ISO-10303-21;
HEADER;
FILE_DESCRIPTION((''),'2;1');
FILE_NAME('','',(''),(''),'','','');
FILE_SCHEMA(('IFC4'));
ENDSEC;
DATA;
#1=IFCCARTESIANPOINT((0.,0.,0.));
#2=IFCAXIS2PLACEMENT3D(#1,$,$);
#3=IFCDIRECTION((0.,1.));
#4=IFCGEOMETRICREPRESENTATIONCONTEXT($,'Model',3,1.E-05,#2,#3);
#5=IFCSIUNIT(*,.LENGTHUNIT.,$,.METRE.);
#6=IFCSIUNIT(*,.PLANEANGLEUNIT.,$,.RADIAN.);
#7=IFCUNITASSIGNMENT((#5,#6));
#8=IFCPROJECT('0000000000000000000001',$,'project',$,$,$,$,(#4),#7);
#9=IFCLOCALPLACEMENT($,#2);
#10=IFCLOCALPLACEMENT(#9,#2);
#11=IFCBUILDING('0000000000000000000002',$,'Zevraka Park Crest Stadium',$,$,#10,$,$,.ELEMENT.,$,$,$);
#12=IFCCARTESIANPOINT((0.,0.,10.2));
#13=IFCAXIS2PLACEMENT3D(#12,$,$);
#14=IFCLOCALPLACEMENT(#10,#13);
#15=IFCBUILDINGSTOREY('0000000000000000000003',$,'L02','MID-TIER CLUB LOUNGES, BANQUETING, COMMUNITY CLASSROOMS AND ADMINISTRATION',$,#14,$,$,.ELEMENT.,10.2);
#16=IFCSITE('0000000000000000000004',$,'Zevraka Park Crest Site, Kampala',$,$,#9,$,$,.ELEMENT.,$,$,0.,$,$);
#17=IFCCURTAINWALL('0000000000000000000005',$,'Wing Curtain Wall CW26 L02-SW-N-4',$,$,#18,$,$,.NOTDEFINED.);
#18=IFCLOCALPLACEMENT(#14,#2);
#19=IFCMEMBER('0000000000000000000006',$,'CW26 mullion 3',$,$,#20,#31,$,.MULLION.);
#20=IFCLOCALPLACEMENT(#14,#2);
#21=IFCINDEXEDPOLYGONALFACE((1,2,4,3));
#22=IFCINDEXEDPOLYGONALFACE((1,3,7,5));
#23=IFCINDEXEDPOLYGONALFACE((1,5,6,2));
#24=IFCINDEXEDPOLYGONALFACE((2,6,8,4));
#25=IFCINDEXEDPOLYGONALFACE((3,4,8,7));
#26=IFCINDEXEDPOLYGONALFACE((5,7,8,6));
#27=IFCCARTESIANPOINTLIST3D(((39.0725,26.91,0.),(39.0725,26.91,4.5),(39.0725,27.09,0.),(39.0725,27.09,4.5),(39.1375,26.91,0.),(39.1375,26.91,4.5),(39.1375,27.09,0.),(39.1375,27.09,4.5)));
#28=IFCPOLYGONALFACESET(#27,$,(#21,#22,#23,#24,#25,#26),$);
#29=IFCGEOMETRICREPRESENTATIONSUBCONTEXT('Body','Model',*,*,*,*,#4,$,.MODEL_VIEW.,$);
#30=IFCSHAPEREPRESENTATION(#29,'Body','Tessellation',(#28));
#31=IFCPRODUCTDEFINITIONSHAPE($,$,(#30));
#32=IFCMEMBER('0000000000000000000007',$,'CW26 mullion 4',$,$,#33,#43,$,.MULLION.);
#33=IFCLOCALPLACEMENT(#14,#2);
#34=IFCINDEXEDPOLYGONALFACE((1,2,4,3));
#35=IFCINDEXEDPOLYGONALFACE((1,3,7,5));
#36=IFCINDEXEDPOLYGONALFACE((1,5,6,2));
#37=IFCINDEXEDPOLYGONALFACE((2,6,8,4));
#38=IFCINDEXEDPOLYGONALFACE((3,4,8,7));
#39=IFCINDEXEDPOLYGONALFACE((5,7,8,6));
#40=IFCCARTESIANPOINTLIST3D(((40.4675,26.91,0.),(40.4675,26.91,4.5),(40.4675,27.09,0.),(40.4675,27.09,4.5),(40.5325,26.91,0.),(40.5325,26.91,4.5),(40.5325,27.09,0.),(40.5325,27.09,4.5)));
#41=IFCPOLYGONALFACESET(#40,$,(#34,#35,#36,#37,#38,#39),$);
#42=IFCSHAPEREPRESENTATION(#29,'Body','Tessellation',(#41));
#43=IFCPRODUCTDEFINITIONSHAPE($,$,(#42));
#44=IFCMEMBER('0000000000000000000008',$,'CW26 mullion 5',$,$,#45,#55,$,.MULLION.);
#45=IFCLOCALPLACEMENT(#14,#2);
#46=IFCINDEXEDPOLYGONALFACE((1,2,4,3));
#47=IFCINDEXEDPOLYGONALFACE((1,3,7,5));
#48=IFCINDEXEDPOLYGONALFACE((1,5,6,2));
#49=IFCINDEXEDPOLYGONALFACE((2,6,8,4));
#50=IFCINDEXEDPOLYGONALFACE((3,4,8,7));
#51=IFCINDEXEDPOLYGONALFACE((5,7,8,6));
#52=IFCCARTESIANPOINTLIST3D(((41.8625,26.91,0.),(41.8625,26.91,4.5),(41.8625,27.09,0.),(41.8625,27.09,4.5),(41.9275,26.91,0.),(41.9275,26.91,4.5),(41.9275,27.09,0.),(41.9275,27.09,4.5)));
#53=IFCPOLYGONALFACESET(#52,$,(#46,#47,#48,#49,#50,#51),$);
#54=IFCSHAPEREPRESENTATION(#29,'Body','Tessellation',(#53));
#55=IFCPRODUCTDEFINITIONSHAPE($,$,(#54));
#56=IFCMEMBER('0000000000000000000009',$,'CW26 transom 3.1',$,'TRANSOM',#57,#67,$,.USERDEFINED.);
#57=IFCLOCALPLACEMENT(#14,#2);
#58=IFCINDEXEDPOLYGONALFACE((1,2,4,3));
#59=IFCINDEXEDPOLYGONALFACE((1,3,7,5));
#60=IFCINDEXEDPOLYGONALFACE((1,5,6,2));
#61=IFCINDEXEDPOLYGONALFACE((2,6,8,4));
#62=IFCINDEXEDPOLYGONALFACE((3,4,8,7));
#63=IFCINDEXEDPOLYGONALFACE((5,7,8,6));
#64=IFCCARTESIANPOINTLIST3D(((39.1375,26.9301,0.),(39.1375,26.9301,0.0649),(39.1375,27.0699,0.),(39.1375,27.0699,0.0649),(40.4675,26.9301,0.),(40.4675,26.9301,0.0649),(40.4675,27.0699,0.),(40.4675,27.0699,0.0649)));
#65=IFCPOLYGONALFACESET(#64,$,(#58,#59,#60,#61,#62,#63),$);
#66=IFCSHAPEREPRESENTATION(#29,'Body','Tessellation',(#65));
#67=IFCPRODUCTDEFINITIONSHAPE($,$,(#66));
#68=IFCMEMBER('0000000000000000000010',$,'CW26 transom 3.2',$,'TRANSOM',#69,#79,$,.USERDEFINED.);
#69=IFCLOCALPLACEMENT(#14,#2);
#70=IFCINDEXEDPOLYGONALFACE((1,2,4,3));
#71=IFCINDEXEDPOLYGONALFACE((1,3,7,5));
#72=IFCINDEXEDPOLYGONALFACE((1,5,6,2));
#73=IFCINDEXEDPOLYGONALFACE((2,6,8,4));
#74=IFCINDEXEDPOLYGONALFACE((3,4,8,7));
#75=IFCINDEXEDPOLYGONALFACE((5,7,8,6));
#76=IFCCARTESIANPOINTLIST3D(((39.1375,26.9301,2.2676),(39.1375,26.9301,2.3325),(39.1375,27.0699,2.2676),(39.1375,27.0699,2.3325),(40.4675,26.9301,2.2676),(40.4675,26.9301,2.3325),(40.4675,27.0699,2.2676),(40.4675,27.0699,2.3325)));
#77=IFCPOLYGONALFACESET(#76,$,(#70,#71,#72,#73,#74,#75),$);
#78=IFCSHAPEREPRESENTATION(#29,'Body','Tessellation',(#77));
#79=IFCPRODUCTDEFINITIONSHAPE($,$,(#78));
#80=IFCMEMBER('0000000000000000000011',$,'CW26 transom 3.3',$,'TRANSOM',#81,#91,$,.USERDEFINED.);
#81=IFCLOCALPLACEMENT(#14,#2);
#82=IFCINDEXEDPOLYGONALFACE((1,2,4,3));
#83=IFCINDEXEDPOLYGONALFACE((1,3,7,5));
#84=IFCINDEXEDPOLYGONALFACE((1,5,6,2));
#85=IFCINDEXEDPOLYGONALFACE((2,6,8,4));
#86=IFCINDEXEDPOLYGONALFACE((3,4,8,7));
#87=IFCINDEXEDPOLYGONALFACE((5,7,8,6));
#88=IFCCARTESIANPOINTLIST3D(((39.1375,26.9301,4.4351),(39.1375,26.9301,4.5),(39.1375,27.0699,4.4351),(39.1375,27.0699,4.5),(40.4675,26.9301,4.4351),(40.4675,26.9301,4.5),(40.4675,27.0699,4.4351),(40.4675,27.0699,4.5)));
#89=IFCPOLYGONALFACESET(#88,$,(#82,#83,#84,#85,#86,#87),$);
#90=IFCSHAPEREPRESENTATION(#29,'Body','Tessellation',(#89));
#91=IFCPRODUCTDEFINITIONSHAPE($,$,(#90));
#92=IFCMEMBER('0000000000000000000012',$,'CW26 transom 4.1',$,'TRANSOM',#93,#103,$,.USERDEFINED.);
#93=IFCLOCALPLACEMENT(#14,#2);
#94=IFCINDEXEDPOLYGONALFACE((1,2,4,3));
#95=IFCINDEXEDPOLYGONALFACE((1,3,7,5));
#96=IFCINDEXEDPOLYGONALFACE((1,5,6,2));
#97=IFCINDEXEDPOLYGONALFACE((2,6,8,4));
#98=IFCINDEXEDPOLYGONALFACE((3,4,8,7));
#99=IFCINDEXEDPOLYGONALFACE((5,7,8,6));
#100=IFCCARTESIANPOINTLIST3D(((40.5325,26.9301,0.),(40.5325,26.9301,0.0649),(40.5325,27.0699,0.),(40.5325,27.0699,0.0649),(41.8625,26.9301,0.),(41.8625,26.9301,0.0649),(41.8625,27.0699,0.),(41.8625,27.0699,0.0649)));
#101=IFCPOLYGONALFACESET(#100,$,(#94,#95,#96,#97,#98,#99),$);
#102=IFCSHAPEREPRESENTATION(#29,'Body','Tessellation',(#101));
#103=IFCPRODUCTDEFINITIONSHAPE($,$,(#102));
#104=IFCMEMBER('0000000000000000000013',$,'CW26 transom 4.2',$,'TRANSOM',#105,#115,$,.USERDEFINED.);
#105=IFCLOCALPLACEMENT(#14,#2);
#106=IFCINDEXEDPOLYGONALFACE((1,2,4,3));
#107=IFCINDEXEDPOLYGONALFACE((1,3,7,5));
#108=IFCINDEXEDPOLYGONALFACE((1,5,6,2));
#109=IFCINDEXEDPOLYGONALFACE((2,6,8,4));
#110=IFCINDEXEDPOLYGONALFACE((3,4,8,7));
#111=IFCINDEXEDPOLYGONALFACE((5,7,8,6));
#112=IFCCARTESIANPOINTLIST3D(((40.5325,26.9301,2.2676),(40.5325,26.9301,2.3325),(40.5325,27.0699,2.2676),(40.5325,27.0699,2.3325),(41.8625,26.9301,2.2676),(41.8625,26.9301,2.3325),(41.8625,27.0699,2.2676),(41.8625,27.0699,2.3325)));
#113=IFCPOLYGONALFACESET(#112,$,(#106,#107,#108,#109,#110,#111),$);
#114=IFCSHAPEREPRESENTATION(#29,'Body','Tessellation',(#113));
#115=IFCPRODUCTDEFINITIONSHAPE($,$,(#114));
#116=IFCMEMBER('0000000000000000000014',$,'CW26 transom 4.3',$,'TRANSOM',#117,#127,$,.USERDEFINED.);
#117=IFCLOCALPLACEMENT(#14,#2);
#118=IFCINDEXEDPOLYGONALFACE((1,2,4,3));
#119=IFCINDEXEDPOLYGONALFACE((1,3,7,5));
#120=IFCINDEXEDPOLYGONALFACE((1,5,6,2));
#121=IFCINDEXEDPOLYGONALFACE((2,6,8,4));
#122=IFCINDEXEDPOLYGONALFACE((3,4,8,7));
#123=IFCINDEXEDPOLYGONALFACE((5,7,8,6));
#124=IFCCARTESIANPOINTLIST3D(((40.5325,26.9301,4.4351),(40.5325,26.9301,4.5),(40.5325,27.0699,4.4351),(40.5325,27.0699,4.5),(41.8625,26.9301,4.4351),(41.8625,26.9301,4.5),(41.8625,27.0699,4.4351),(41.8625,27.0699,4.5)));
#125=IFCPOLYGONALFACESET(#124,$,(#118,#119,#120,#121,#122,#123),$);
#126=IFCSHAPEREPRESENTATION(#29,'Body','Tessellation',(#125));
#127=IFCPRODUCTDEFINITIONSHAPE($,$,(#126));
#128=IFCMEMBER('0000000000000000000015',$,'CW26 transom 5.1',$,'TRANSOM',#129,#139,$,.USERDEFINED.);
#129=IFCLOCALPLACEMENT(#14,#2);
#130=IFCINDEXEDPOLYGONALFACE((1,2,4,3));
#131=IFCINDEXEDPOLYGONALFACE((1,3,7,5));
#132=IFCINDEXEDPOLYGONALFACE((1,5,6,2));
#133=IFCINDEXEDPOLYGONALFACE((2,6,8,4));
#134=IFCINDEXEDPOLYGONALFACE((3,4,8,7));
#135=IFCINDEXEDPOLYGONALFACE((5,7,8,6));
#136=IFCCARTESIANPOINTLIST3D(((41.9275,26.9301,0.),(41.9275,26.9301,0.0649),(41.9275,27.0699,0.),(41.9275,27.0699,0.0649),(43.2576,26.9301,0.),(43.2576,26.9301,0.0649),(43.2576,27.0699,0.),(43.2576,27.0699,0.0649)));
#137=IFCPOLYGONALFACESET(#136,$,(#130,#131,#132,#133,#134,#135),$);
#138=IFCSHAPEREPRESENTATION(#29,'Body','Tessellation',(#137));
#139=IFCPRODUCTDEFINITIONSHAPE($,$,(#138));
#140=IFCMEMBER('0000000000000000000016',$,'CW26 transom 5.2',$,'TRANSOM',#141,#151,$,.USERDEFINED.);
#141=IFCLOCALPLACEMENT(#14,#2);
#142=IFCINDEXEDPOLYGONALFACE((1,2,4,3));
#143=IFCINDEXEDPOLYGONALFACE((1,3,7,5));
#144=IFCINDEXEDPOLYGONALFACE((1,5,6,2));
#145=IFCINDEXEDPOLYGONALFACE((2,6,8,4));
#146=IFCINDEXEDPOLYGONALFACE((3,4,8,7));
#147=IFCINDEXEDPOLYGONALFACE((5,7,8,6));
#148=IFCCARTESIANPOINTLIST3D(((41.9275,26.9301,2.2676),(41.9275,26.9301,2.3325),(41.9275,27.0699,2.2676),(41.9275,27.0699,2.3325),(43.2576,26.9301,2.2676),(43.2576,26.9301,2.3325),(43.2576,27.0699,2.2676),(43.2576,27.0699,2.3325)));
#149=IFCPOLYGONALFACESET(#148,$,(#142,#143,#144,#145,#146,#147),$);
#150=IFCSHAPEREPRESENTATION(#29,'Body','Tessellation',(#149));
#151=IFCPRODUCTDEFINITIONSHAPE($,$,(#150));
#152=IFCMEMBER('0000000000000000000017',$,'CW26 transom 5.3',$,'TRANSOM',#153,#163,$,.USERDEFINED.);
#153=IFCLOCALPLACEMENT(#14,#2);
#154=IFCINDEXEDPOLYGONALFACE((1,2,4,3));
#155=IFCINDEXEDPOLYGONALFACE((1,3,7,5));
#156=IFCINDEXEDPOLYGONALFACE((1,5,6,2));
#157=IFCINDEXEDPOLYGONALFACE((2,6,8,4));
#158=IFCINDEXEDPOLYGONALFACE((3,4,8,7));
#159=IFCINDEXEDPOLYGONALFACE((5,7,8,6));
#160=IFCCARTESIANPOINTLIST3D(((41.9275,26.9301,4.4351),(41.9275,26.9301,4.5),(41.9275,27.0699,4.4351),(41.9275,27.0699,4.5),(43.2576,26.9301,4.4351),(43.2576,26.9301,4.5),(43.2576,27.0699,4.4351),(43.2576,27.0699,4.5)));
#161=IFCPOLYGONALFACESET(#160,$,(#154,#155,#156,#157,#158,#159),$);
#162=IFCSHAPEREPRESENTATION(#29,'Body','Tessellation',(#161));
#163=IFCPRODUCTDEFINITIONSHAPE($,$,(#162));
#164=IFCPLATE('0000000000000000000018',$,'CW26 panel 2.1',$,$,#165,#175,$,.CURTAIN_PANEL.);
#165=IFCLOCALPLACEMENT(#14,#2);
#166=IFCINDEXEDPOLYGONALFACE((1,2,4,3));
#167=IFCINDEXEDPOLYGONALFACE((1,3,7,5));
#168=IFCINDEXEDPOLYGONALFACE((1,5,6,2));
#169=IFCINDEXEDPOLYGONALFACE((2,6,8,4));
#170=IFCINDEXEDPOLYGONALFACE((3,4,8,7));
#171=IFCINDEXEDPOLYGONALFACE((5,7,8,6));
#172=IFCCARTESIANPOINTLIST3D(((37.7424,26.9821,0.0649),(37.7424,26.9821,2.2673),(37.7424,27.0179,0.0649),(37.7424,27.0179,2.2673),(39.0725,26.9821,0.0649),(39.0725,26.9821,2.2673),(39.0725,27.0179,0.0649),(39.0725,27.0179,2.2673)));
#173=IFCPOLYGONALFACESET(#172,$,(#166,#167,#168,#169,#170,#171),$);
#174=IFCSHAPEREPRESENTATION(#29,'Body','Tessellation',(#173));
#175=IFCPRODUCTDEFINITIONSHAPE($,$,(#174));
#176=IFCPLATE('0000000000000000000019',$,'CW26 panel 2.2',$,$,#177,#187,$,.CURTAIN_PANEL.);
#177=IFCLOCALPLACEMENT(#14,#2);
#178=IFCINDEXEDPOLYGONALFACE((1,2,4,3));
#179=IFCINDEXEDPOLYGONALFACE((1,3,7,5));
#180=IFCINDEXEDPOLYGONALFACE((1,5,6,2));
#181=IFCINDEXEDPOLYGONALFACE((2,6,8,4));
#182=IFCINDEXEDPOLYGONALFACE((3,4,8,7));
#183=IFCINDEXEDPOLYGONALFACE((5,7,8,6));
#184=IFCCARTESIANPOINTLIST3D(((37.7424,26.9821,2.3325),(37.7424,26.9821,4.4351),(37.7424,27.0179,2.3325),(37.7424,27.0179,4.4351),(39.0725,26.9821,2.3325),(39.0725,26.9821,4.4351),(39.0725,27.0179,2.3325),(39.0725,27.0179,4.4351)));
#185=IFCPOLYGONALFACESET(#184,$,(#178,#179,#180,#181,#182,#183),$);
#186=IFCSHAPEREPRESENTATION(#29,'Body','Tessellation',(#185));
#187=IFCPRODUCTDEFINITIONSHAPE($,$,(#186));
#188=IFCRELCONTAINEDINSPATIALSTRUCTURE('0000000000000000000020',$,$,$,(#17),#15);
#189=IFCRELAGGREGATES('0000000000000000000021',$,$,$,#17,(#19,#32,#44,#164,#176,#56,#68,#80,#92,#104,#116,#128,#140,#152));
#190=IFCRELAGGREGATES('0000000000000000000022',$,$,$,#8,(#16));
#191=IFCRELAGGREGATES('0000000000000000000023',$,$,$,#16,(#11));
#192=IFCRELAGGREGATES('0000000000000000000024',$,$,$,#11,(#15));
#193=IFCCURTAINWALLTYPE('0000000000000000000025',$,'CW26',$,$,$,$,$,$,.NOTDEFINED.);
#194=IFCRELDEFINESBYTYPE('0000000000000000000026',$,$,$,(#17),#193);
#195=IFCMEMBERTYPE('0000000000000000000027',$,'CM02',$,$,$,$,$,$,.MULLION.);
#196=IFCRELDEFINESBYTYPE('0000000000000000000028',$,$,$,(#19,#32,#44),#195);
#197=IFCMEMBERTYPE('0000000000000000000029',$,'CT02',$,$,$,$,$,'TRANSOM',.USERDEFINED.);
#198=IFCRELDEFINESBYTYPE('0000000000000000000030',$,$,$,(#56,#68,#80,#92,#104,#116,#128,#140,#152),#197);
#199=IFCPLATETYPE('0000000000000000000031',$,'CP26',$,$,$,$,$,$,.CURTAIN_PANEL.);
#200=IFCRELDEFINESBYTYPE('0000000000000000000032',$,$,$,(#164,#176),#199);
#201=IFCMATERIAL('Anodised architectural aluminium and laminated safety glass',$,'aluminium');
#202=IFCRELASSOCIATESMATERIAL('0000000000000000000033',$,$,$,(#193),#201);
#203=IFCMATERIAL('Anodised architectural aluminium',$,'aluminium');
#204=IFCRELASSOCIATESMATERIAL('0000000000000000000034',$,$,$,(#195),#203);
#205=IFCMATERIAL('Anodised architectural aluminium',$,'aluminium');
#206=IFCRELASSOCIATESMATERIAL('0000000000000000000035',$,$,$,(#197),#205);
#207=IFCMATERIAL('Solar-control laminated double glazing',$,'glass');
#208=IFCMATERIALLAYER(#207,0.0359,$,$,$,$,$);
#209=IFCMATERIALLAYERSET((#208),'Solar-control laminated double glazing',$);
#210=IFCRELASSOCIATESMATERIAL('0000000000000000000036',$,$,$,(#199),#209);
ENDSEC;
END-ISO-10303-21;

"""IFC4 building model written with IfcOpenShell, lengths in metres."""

from ifc_helpers import new_model, si_unit, direction, frame, origin, origin_2d, place, context, subcontext, project, spatial, rectangle, extrude, material, layer, layer_set, material_profile, profile_set, type_object, element, aggregate, save


model = new_model("IFC4")

# Units and contexts
model_context = context("Model", 3, precision=1e-05, world=origin(), true_north=direction((0.0, 1.0)))
body_context = subcontext(model_context, "Body", "Model", "MODEL_VIEW")
ifc_project = project(units=[si_unit("LENGTHUNIT", "METRE"), si_unit("PLANEANGLEUNIT", "RADIAN")], contexts=[model_context])

# Site, building, storey
site_placement = place(None, origin())
site = spatial("IfcSite", under=ifc_project, at=site_placement, Name="Zevraka Park Crest Site, Kampala", CompositionType="ELEMENT", RefElevation=0.0)
building_placement = place(site_placement, origin())
building = spatial("IfcBuilding", under=site, at=building_placement, Name="Zevraka Park Crest Stadium", CompositionType="ELEMENT")
storey_placement = place(building_placement, frame((0.0, 0.0, 10.2)))
storey = spatial("IfcBuildingStorey", under=building, at=storey_placement, Name="L02", Description="MID-TIER CLUB LOUNGES, BANQUETING, COMMUNITY CLASSROOMS AND ADMINISTRATION", CompositionType="ELEMENT", Elevation=10.2)

# Curtain wall, members, plates
ifc_material_1 = material(Name="Anodised architectural aluminium and laminated safety glass", Category="aluminium")
curtain_wall_type = type_object("IfcCurtainWallType", Name="CW26", PredefinedType="NOTDEFINED", material=ifc_material_1)
curtain_wall_placement = place(storey_placement, origin())
curtain_wall = element("IfcCurtainWall", 1, at=curtain_wall_placement, inside=storey, type_object=curtain_wall_type, Name="Wing Curtain Wall CW26 L02-SW-N-4", PredefinedType="NOTDEFINED")
ifc_material_2 = material(Name="Anodised architectural aluminium", Category="aluminium")
ifc_material_profile_1 = material_profile(ifc_material_2, rectangle(XDim=0.1799, YDim=0.0649, at=origin_2d()), Name="ALU MULLION 180x65")
ifc_profile_set_1 = profile_set([ifc_material_profile_1], Name="Anodised architectural aluminium")
member_type_1 = type_object("IfcMemberType", Name="CM02", PredefinedType="MULLION", material=ifc_profile_set_1)
member_1_placement = place(storey_placement, frame((39.105, 27.0, 0.0), z_axis=(0.0, 0.0, 1.0), x_axis=(0.0, 1.0, 0.0)))
member_1 = element("IfcMember", 2, at=member_1_placement, type_object=member_type_1, Name="CW26 mullion 3", PredefinedType="MULLION", context=body_context, shape_type="SweptSolid", body=[
    extrude(rectangle(XDim=0.1799, YDim=0.0649, at=origin_2d()), origin(), (0.0, 0.0, 1.0), 4.5),
])
member_2_placement = place(storey_placement, frame((40.5, 27.0, 0.0), z_axis=(0.0, 0.0, 1.0), x_axis=(0.0, 1.0, 0.0)))
member_2 = element("IfcMember", 3, at=member_2_placement, type_object=member_type_1, Name="CW26 mullion 4", PredefinedType="MULLION", context=body_context, shape_type="SweptSolid", body=[
    extrude(rectangle(XDim=0.1799, YDim=0.0649, at=origin_2d()), origin(), (0.0, 0.0, 1.0), 4.5),
])
member_3_placement = place(storey_placement, frame((41.895, 27.0, 0.0), z_axis=(0.0, 0.0, 1.0), x_axis=(0.0, 1.0, 0.0)))
member_3 = element("IfcMember", 4, at=member_3_placement, type_object=member_type_1, Name="CW26 mullion 5", PredefinedType="MULLION", context=body_context, shape_type="SweptSolid", body=[
    extrude(rectangle(XDim=0.1799, YDim=0.0649, at=origin_2d()), origin(), (0.0, 0.0, 1.0), 4.5),
])
ifc_material_3 = material(Name="Anodised architectural aluminium", Category="aluminium")
ifc_material_profile_2 = material_profile(ifc_material_3, rectangle(XDim=0.1399, YDim=0.0649, at=origin_2d()), Name="ALU TRANSOM 140x65")
ifc_profile_set_2 = profile_set([ifc_material_profile_2], Name="Anodised architectural aluminium")
member_type_2 = type_object("IfcMemberType", Name="CT02", ElementType="TRANSOM", PredefinedType="USERDEFINED", material=ifc_profile_set_2)
member_4_placement = place(storey_placement, frame((39.1375, 27.0, 0.0325), z_axis=(1.0, 0.0, 0.0), x_axis=(0.0, 1.0, 0.0)))
member_4 = element("IfcMember", 5, at=member_4_placement, type_object=member_type_2, Name="CW26 transom 3.1", ObjectType="TRANSOM", PredefinedType="USERDEFINED", context=body_context, shape_type="SweptSolid", body=[
    extrude(rectangle(XDim=0.1399, YDim=0.0649, at=origin_2d()), origin(), (0.0, 0.0, 1.0), 1.3301),
])
member_5_placement = place(storey_placement, frame((39.1375, 27.0, 2.3), z_axis=(1.0, 0.0, 0.0), x_axis=(0.0, 1.0, 0.0)))
member_5 = element("IfcMember", 6, at=member_5_placement, type_object=member_type_2, Name="CW26 transom 3.2", ObjectType="TRANSOM", PredefinedType="USERDEFINED", context=body_context, shape_type="SweptSolid", body=[
    extrude(rectangle(XDim=0.1399, YDim=0.0649, at=origin_2d()), origin(), (0.0, 0.0, 1.0), 1.3301),
])
member_6_placement = place(storey_placement, frame((39.1375, 27.0, 4.4675), z_axis=(1.0, 0.0, 0.0), x_axis=(0.0, 1.0, 0.0)))
member_6 = element("IfcMember", 7, at=member_6_placement, type_object=member_type_2, Name="CW26 transom 3.3", ObjectType="TRANSOM", PredefinedType="USERDEFINED", context=body_context, shape_type="SweptSolid", body=[
    extrude(rectangle(XDim=0.1399, YDim=0.0649, at=origin_2d()), origin(), (0.0, 0.0, 1.0), 1.3301),
])
member_7_placement = place(storey_placement, frame((40.5325, 27.0, 0.0325), z_axis=(1.0, 0.0, 0.0), x_axis=(0.0, 1.0, 0.0)))
member_7 = element("IfcMember", 8, at=member_7_placement, type_object=member_type_2, Name="CW26 transom 4.1", ObjectType="TRANSOM", PredefinedType="USERDEFINED", context=body_context, shape_type="SweptSolid", body=[
    extrude(rectangle(XDim=0.1399, YDim=0.0649, at=origin_2d()), origin(), (0.0, 0.0, 1.0), 1.3301),
])
member_8_placement = place(storey_placement, frame((40.5325, 27.0, 2.3), z_axis=(1.0, 0.0, 0.0), x_axis=(0.0, 1.0, 0.0)))
member_8 = element("IfcMember", 9, at=member_8_placement, type_object=member_type_2, Name="CW26 transom 4.2", ObjectType="TRANSOM", PredefinedType="USERDEFINED", context=body_context, shape_type="SweptSolid", body=[
    extrude(rectangle(XDim=0.1399, YDim=0.0649, at=origin_2d()), origin(), (0.0, 0.0, 1.0), 1.3301),
])
member_9_placement = place(storey_placement, frame((40.5325, 27.0, 4.4675), z_axis=(1.0, 0.0, 0.0), x_axis=(0.0, 1.0, 0.0)))
member_9 = element("IfcMember", 10, at=member_9_placement, type_object=member_type_2, Name="CW26 transom 4.3", ObjectType="TRANSOM", PredefinedType="USERDEFINED", context=body_context, shape_type="SweptSolid", body=[
    extrude(rectangle(XDim=0.1399, YDim=0.0649, at=origin_2d()), origin(), (0.0, 0.0, 1.0), 1.3301),
])
member_10_placement = place(storey_placement, frame((41.9275, 27.0, 0.0325), z_axis=(1.0, 0.0, 0.0), x_axis=(0.0, 1.0, 0.0)))
member_10 = element("IfcMember", 11, at=member_10_placement, type_object=member_type_2, Name="CW26 transom 5.1", ObjectType="TRANSOM", PredefinedType="USERDEFINED", context=body_context, shape_type="SweptSolid", body=[
    extrude(rectangle(XDim=0.1399, YDim=0.0649, at=origin_2d()), origin(), (0.0, 0.0, 1.0), 1.3301),
])
member_11_placement = place(storey_placement, frame((41.9275, 27.0, 2.3), z_axis=(1.0, 0.0, 0.0), x_axis=(0.0, 1.0, 0.0)))
member_11 = element("IfcMember", 12, at=member_11_placement, type_object=member_type_2, Name="CW26 transom 5.2", ObjectType="TRANSOM", PredefinedType="USERDEFINED", context=body_context, shape_type="SweptSolid", body=[
    extrude(rectangle(XDim=0.1399, YDim=0.0649, at=origin_2d()), origin(), (0.0, 0.0, 1.0), 1.3301),
])
member_12_placement = place(storey_placement, frame((41.9275, 27.0, 4.4675), z_axis=(1.0, 0.0, 0.0), x_axis=(0.0, 1.0, 0.0)))
member_12 = element("IfcMember", 13, at=member_12_placement, type_object=member_type_2, Name="CW26 transom 5.3", ObjectType="TRANSOM", PredefinedType="USERDEFINED", context=body_context, shape_type="SweptSolid", body=[
    extrude(rectangle(XDim=0.1399, YDim=0.0649, at=origin_2d()), origin(), (0.0, 0.0, 1.0), 1.3301),
])
ifc_material_4 = material(Name="Solar-control laminated double glazing", Category="glass")
ifc_layer_1 = layer(ifc_material_4, 0.0359)
ifc_layer_set_1 = layer_set([ifc_layer_1], Name="Solar-control laminated double glazing")
plate_type = type_object("IfcPlateType", Name="CP26", PredefinedType="CURTAIN_PANEL", material=ifc_layer_set_1)
plate_1_placement = place(storey_placement, frame((38.4075, 27.0, 0.0649), z_axis=(0.0, 0.0, 1.0), x_axis=(1.0, 0.0, 0.0)))
plate_1 = element("IfcPlate", 14, at=plate_1_placement, type_object=plate_type, Name="CW26 panel 2.1", PredefinedType="CURTAIN_PANEL", context=body_context, shape_type="SweptSolid", body=[
    extrude(rectangle(XDim=1.3301, YDim=0.0359, at=origin_2d()), origin(), (0.0, 0.0, 1.0), 2.2024),
])
plate_2_placement = place(storey_placement, frame((38.4075, 27.0, 2.3325), z_axis=(0.0, 0.0, 1.0), x_axis=(1.0, 0.0, 0.0)))
plate_2 = element("IfcPlate", 15, at=plate_2_placement, type_object=plate_type, Name="CW26 panel 2.2", PredefinedType="CURTAIN_PANEL", context=body_context, shape_type="SweptSolid", body=[
    extrude(rectangle(XDim=1.3301, YDim=0.0359, at=origin_2d()), origin(), (0.0, 0.0, 1.0), 2.1025),
])
aggregate(curtain_wall, [member_1, member_2, member_3, plate_1, plate_2, member_4, member_5, member_6, member_7, member_8, member_9, member_10, member_11, member_12])

save(model, "model.ifc")
